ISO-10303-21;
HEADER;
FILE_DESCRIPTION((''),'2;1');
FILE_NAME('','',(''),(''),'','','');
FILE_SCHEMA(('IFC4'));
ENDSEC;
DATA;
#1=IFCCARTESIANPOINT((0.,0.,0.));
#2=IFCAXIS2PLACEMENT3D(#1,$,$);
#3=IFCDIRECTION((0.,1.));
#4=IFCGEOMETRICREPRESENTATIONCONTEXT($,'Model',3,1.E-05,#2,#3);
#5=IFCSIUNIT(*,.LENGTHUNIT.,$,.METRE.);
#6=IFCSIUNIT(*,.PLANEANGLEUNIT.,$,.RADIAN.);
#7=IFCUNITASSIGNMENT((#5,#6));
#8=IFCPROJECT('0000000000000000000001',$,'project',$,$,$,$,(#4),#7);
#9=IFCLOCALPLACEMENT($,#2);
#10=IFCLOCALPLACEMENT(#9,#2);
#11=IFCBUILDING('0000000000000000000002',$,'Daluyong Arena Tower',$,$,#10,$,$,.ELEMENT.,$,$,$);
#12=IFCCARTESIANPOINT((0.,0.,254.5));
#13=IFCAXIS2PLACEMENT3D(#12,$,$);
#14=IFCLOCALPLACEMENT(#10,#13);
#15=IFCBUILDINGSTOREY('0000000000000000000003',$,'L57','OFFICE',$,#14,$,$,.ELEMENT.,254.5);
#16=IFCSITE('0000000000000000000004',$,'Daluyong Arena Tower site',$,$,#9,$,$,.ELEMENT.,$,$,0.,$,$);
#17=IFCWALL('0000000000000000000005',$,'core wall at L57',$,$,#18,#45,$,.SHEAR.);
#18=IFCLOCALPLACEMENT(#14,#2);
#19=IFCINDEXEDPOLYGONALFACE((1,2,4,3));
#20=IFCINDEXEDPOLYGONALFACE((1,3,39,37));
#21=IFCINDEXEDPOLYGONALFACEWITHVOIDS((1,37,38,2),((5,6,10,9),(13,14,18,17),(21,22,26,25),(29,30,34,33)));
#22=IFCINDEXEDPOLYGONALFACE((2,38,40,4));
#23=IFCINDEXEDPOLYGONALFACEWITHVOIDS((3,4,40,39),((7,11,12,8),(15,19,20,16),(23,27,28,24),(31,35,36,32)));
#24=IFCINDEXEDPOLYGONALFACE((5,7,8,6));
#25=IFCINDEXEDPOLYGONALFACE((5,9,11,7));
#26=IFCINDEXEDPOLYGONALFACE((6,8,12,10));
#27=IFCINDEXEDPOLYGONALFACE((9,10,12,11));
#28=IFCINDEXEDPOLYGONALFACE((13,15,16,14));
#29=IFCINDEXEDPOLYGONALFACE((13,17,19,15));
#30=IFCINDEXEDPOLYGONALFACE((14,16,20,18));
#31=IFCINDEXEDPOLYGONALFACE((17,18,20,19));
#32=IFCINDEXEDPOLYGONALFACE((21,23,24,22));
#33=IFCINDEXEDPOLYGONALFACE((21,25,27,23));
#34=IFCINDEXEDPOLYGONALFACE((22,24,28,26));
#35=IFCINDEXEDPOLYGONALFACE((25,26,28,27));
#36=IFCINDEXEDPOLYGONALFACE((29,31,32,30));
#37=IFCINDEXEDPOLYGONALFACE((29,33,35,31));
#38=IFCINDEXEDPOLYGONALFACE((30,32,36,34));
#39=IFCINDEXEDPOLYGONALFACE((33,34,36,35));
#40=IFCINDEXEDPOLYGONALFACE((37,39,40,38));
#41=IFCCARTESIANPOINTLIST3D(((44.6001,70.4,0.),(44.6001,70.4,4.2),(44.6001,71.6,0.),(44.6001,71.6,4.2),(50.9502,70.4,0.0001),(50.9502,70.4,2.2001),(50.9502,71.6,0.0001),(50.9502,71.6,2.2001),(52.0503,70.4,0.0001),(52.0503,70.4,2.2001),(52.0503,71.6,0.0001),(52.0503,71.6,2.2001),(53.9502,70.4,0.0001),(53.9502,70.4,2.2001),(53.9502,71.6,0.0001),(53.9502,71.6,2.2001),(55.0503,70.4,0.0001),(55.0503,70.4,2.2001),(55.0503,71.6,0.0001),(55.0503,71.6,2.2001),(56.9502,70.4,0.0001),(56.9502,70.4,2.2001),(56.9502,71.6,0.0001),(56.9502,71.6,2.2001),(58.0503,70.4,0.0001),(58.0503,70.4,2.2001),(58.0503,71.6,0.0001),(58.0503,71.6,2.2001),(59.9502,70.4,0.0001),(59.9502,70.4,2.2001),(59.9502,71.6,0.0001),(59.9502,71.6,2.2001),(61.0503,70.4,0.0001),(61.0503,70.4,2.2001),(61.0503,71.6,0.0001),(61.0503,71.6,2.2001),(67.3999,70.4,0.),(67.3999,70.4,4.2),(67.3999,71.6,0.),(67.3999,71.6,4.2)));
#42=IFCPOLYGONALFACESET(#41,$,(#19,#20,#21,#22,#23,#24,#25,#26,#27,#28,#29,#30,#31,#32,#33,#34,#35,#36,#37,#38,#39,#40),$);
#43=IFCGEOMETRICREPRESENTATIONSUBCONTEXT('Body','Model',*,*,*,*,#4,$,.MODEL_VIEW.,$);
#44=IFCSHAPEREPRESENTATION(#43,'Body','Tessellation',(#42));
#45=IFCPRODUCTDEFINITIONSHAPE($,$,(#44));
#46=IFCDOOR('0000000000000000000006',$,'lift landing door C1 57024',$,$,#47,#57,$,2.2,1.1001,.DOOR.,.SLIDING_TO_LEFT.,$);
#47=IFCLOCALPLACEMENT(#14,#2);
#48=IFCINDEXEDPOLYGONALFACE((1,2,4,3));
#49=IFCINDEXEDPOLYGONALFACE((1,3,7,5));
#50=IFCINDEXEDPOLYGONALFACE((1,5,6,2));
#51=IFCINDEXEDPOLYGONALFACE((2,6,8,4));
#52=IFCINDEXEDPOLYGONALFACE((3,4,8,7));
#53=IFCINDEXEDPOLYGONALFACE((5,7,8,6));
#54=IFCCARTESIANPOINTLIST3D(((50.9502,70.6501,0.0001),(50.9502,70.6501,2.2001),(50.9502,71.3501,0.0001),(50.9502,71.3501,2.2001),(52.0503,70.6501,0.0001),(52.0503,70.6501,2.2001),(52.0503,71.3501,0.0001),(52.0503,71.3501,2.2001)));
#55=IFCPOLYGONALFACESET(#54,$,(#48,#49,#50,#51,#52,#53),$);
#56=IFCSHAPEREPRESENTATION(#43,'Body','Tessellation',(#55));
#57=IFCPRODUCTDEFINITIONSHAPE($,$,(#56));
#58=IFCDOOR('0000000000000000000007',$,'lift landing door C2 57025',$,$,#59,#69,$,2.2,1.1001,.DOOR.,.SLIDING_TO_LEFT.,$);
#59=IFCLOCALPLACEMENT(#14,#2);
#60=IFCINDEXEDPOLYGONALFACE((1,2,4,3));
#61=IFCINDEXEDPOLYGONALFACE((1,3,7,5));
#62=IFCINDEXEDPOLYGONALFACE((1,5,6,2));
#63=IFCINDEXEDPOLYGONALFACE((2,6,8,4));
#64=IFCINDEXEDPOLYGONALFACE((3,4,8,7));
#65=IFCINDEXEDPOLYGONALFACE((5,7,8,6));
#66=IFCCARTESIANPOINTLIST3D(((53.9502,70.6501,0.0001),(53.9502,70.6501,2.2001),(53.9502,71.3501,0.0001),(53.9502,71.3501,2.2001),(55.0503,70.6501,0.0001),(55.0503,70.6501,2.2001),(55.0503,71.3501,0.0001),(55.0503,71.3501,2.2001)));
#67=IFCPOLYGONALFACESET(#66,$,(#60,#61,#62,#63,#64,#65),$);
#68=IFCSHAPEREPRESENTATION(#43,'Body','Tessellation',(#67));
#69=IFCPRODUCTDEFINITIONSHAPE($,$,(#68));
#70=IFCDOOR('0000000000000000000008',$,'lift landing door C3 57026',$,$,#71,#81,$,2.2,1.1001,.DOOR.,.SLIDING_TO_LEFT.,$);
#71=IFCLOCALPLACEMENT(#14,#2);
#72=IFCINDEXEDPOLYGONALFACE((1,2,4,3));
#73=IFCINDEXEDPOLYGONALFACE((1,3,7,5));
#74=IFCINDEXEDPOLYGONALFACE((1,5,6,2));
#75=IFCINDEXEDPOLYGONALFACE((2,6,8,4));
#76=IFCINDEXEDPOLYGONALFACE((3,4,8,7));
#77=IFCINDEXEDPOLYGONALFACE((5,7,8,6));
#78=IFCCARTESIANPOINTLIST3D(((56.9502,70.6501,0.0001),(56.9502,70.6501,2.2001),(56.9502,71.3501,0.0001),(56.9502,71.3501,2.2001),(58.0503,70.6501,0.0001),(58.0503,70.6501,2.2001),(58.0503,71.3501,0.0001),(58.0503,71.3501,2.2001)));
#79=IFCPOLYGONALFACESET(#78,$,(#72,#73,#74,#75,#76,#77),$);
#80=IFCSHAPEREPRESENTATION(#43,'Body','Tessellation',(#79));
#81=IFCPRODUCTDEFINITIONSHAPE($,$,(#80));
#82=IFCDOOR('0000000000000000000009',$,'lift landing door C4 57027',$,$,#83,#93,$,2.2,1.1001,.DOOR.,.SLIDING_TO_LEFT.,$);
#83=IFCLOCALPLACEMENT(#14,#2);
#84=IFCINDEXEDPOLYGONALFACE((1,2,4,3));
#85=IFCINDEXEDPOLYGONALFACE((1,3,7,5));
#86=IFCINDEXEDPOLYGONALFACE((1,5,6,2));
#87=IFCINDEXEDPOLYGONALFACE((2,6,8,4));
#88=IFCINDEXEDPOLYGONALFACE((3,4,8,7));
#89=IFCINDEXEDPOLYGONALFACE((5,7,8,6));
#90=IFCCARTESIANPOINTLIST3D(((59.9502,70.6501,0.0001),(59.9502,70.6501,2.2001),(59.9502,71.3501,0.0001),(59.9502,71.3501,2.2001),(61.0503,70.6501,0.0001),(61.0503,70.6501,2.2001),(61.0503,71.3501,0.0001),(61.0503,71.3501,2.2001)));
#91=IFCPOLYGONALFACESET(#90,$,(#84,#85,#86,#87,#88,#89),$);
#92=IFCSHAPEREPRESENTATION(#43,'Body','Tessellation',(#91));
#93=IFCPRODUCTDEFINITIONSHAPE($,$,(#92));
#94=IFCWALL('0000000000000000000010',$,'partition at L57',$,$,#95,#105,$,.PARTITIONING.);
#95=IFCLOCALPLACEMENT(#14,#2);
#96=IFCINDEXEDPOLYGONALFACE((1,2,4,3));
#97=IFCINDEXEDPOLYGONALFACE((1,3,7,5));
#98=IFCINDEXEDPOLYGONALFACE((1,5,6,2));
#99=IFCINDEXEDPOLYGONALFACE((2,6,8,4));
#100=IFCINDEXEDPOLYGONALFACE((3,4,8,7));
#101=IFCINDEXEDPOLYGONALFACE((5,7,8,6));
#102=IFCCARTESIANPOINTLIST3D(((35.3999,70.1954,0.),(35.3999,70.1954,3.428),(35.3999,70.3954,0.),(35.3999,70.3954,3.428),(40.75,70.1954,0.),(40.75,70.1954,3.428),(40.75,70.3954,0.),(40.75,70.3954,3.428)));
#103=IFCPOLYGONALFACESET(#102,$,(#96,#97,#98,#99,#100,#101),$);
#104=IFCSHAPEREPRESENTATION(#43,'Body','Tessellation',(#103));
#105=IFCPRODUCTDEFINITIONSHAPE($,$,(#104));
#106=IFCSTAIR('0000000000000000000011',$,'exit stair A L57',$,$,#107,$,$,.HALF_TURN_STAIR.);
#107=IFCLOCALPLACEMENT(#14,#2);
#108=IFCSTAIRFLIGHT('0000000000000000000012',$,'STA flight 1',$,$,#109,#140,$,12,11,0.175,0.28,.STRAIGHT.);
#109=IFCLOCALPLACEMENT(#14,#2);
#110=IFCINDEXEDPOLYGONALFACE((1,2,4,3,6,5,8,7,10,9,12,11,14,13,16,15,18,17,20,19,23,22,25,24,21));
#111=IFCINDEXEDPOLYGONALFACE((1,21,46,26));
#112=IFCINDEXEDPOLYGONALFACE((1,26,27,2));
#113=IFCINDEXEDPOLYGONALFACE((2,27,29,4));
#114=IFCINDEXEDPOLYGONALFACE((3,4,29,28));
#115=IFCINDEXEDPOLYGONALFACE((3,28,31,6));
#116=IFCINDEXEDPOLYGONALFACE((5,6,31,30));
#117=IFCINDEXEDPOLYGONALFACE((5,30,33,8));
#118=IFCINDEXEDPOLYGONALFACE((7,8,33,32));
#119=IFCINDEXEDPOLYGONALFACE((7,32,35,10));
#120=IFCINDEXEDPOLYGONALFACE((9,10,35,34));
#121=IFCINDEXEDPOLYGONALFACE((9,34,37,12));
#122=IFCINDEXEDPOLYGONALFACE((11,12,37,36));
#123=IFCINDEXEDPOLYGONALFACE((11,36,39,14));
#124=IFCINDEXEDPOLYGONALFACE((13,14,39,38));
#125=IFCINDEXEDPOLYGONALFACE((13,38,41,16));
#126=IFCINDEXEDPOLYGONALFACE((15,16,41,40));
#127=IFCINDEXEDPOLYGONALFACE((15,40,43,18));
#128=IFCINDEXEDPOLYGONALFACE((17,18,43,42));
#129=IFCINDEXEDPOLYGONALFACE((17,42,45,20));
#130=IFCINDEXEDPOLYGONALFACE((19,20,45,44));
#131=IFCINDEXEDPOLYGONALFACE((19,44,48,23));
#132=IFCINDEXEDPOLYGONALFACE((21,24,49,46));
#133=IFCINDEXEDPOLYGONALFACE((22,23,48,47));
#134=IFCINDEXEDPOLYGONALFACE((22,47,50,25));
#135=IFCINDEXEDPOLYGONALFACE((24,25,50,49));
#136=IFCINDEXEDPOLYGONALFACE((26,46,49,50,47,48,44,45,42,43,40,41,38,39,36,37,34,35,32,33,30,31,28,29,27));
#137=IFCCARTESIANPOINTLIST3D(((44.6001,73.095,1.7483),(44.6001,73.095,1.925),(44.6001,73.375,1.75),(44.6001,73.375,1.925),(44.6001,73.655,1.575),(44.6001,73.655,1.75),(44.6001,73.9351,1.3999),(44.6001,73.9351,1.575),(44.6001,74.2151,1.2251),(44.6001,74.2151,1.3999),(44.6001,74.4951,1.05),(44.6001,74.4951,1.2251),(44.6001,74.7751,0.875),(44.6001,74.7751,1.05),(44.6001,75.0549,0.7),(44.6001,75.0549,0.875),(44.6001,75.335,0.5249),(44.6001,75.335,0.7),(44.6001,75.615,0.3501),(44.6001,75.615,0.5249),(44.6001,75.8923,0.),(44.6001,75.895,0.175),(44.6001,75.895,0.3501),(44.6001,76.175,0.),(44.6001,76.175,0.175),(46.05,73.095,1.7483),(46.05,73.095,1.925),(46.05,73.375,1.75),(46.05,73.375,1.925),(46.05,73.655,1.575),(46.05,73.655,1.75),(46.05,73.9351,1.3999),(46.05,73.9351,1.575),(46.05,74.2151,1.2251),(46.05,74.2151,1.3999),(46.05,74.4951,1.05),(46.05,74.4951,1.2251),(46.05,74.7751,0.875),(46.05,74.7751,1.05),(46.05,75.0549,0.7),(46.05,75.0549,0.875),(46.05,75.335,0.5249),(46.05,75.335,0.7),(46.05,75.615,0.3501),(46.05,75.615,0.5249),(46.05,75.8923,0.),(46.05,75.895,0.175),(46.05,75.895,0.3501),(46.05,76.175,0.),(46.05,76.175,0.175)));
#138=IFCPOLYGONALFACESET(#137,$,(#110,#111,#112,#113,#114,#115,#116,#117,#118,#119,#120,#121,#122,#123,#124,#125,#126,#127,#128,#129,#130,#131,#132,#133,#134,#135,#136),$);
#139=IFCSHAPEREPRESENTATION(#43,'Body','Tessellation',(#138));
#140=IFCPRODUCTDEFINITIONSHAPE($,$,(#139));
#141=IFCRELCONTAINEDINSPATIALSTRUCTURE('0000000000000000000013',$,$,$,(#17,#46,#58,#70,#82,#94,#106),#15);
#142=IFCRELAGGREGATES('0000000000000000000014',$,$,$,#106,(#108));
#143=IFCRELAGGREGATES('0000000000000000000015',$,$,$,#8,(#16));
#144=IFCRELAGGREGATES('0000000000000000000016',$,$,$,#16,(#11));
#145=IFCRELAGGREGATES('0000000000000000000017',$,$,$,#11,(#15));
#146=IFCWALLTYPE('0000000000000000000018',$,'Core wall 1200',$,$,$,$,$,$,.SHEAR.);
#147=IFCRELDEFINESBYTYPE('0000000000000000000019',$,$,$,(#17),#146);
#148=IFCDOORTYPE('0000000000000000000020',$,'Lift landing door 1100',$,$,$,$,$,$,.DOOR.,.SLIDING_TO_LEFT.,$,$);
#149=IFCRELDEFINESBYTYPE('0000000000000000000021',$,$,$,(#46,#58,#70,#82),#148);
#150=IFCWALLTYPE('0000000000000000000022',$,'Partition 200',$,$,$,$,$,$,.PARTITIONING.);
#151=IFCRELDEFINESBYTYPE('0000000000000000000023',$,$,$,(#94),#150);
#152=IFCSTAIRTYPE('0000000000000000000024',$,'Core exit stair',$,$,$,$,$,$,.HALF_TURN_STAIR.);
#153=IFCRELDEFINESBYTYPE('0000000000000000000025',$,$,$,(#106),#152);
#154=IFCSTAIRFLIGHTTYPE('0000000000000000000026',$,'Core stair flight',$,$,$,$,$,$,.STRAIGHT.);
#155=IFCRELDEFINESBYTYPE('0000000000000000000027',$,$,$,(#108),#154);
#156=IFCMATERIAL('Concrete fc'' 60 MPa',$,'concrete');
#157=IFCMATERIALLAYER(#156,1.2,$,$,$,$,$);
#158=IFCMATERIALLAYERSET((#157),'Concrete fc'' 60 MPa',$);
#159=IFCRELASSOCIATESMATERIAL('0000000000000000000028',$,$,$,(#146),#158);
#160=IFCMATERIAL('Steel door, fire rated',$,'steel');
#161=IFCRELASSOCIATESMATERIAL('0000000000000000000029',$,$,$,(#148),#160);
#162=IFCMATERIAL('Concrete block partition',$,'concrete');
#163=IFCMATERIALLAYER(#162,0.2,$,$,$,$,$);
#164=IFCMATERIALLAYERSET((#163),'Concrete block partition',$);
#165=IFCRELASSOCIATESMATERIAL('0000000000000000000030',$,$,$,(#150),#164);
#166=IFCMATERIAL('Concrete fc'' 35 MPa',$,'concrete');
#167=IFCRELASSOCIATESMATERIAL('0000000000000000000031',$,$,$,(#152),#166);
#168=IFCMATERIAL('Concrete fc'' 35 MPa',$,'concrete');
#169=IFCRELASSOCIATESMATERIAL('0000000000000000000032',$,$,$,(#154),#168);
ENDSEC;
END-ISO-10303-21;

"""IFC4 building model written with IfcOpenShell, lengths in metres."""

from ifc_helpers import new_model, si_unit, direction, frame, frame_2d, origin, place, context, subcontext, project, spatial, polyline, rectangle, outline, extrude, material, layer, layer_set, type_object, element, fill, aggregate, save


model = new_model("IFC4")

# Units and contexts
model_context = context("Model", 3, precision=1e-05, world=origin(), true_north=direction((0.0, 1.0)))
body_context = subcontext(model_context, "Body", "Model", "MODEL_VIEW")
ifc_project = project(units=[si_unit("LENGTHUNIT", "METRE"), si_unit("PLANEANGLEUNIT", "RADIAN")], contexts=[model_context])

# Site, building, storey
site_placement = place(None, origin())
site = spatial("IfcSite", under=ifc_project, at=site_placement, Name="Daluyong Arena Tower site", CompositionType="ELEMENT", RefElevation=0.0)
building_placement = place(site_placement, origin())
building = spatial("IfcBuilding", under=site, at=building_placement, Name="Daluyong Arena Tower", CompositionType="ELEMENT")
storey_placement = place(building_placement, frame((0.0, 0.0, 254.5)))
storey = spatial("IfcBuildingStorey", under=building, at=storey_placement, Name="L57", Description="OFFICE", CompositionType="ELEMENT", Elevation=254.5)

# Shared definitions
ifc_material_1 = material(Name="Concrete fc' 60 MPa", Category="concrete")
ifc_layer_1 = layer(ifc_material_1, 1.2)
ifc_layer_set_1 = layer_set([ifc_layer_1], Name="Concrete fc' 60 MPa")
wall_type_1 = type_object("IfcWallType", Name="Core wall 1200", PredefinedType="SHEAR", material=ifc_layer_set_1)

# Wall, openings, doors
wall_1_placement = place(storey_placement, frame((44.6001, 71.0, 0.0), z_axis=(0.0, 0.0, 1.0), x_axis=(1.0, 0.0, 0.0)))
wall_1 = element("IfcWall", 1, at=wall_1_placement, inside=storey, type_object=wall_type_1, Name="core wall at L57", PredefinedType="SHEAR", context=body_context, shape_type="SweptSolid", body=[
    extrude(rectangle(XDim=22.7998, YDim=1.2, at=frame_2d((11.3999, 0.0))), origin(), (0.0, 0.0, 1.0), 4.2),
])
opening_1_placement = place(wall_1_placement, frame((6.3501, 0.0, 0.0)))
opening_1 = element("IfcOpeningElement", 2, at=opening_1_placement, cuts=wall_1, PredefinedType="OPENING", context=body_context, shape_type="SweptSolid", body=[
    extrude(rectangle(XDim=1.1001, YDim=2.2, at=frame_2d((0.55, 1.1001))), frame((0.0, 0.6099, 0.0), z_axis=(0.0, -1.0, 0.0), x_axis=(1.0, 0.0, 0.0)), (0.0, 0.0, 1.0), 1.22),
])
opening_2_placement = place(wall_1_placement, frame((9.3501, 0.0, 0.0)))
opening_2 = element("IfcOpeningElement", 3, at=opening_2_placement, cuts=wall_1, PredefinedType="OPENING", context=body_context, shape_type="SweptSolid", body=[
    extrude(rectangle(XDim=1.1001, YDim=2.2, at=frame_2d((0.55, 1.1001))), frame((0.0, 0.6099, 0.0), z_axis=(0.0, -1.0, 0.0), x_axis=(1.0, 0.0, 0.0)), (0.0, 0.0, 1.0), 1.22),
])
opening_3_placement = place(wall_1_placement, frame((12.3501, 0.0, 0.0)))
opening_3 = element("IfcOpeningElement", 4, at=opening_3_placement, cuts=wall_1, PredefinedType="OPENING", context=body_context, shape_type="SweptSolid", body=[
    extrude(rectangle(XDim=1.1001, YDim=2.2, at=frame_2d((0.55, 1.1001))), frame((0.0, 0.6099, 0.0), z_axis=(0.0, -1.0, 0.0), x_axis=(1.0, 0.0, 0.0)), (0.0, 0.0, 1.0), 1.22),
])
opening_4_placement = place(wall_1_placement, frame((15.3501, 0.0, 0.0)))
opening_4 = element("IfcOpeningElement", 5, at=opening_4_placement, cuts=wall_1, PredefinedType="OPENING", context=body_context, shape_type="SweptSolid", body=[
    extrude(rectangle(XDim=1.1001, YDim=2.2, at=frame_2d((0.55, 1.1001))), frame((0.0, 0.6099, 0.0), z_axis=(0.0, -1.0, 0.0), x_axis=(1.0, 0.0, 0.0)), (0.0, 0.0, 1.0), 1.22),
])
ifc_material_2 = material(Name="Steel door, fire rated", Category="steel")
door_type_1 = type_object("IfcDoorType", Name="Lift landing door 1100", OperationType="SLIDING_TO_LEFT", PredefinedType="DOOR", material=ifc_material_2)
door_1_placement = place(opening_1_placement, origin())
door_1 = element("IfcDoor", 6, at=door_1_placement, inside=storey, type_object=door_type_1, Name="lift landing door C1 57024", OperationType="SLIDING_TO_LEFT", OverallHeight=2.2, OverallWidth=1.1001, PredefinedType="DOOR", context=body_context, shape_type="SweptSolid", body=[
    extrude(rectangle(XDim=1.1001, YDim=2.2, at=frame_2d((0.55, 1.1001))), frame((0.0, 0.3501, 0.0), z_axis=(0.0, -1.0, 0.0), x_axis=(1.0, 0.0, 0.0)), (0.0, 0.0, 1.0), 0.7),
])
fill(opening_1, door_1)
door_2_placement = place(opening_2_placement, origin())
door_2 = element("IfcDoor", 7, at=door_2_placement, inside=storey, type_object=door_type_1, Name="lift landing door C2 57025", OperationType="SLIDING_TO_LEFT", OverallHeight=2.2, OverallWidth=1.1001, PredefinedType="DOOR", context=body_context, shape_type="SweptSolid", body=[
    extrude(rectangle(XDim=1.1001, YDim=2.2, at=frame_2d((0.55, 1.1001))), frame((0.0, 0.3501, 0.0), z_axis=(0.0, -1.0, 0.0), x_axis=(1.0, 0.0, 0.0)), (0.0, 0.0, 1.0), 0.7),
])
fill(opening_2, door_2)
door_3_placement = place(opening_3_placement, origin())
door_3 = element("IfcDoor", 8, at=door_3_placement, inside=storey, type_object=door_type_1, Name="lift landing door C3 57026", OperationType="SLIDING_TO_LEFT", OverallHeight=2.2, OverallWidth=1.1001, PredefinedType="DOOR", context=body_context, shape_type="SweptSolid", body=[
    extrude(rectangle(XDim=1.1001, YDim=2.2, at=frame_2d((0.55, 1.1001))), frame((0.0, 0.3501, 0.0), z_axis=(0.0, -1.0, 0.0), x_axis=(1.0, 0.0, 0.0)), (0.0, 0.0, 1.0), 0.7),
])
fill(opening_3, door_3)
door_4_placement = place(opening_4_placement, origin())
door_4 = element("IfcDoor", 9, at=door_4_placement, inside=storey, type_object=door_type_1, Name="lift landing door C4 57027", OperationType="SLIDING_TO_LEFT", OverallHeight=2.2, OverallWidth=1.1001, PredefinedType="DOOR", context=body_context, shape_type="SweptSolid", body=[
    extrude(rectangle(XDim=1.1001, YDim=2.2, at=frame_2d((0.55, 1.1001))), frame((0.0, 0.3501, 0.0), z_axis=(0.0, -1.0, 0.0), x_axis=(1.0, 0.0, 0.0)), (0.0, 0.0, 1.0), 0.7),
])
fill(opening_4, door_4)

# Wall
ifc_material_3 = material(Name="Concrete block partition", Category="concrete")
ifc_layer_2 = layer(ifc_material_3, 0.2)
ifc_layer_set_2 = layer_set([ifc_layer_2], Name="Concrete block partition")
wall_type_2 = type_object("IfcWallType", Name="Partition 200", PredefinedType="PARTITIONING", material=ifc_layer_set_2)
wall_2_placement = place(storey_placement, frame((35.3999, 70.2954, 0.0), z_axis=(0.0, 0.0, 1.0), x_axis=(1.0, 0.0, 0.0)))
element("IfcWall", 10, at=wall_2_placement, inside=storey, type_object=wall_type_2, Name="partition at L57", PredefinedType="PARTITIONING", context=body_context, shape_type="SweptSolid", body=[
    extrude(rectangle(XDim=5.3501, YDim=0.2, at=frame_2d((2.675, 0.0))), origin(), (0.0, 0.0, 1.0), 3.428),
])

# Stair, stair flight
ifc_material_4 = material(Name="Concrete fc' 35 MPa", Category="concrete")
stair_type = type_object("IfcStairType", Name="Core exit stair", PredefinedType="HALF_TURN_STAIR", material=ifc_material_4)
stair_placement = place(storey_placement, origin())
stair = element("IfcStair", 11, at=stair_placement, inside=storey, type_object=stair_type, Name="exit stair A L57", PredefinedType="HALF_TURN_STAIR")
ifc_material_5 = material(Name="Concrete fc' 35 MPa", Category="concrete")
stair_flight_type = type_object("IfcStairFlightType", Name="Core stair flight", PredefinedType="STRAIGHT", material=ifc_material_5)
stair_flight_1_placement = place(storey_placement, frame((45.325, 76.175, 0.0), z_axis=(0.0, 0.0, 1.0), x_axis=(0.0, -1.0, 0.0)))
stair_flight_1 = element("IfcStairFlight", 12, at=stair_flight_1_placement, type_object=stair_flight_type, Name="STA flight 1", NumberOfRisers=12, NumberOfTreads=11, PredefinedType="STRAIGHT", RiserHeight=0.175, TreadLength=0.28, context=body_context, shape_type="SweptSolid", body=[
    extrude(outline(polyline([(0.0, 0.0), (0.0, 0.175), (0.28, 0.175), (0.28, 0.3501), (0.5601, 0.3501), (0.5601, 0.5249), (0.8401, 0.5249), (0.8401, 0.7), (1.1201, 0.7), (1.1201, 0.875), (1.3999, 0.875), (1.3999, 1.05), (1.6799, 1.05), (1.6799, 1.2251), (1.96, 1.2251), (1.96, 1.3999), (2.24, 1.3999), (2.24, 1.575), (2.52, 1.575), (2.52, 1.75), (2.8, 1.75), (2.8, 1.925), (3.0801, 1.925), (3.0801, 2.1001), (3.0801, 1.7483), (0.2827, 0.0), (0.0, 0.0)])), frame((0.0, 0.7251, 0.0), z_axis=(0.0, -1.0, 0.0), x_axis=(1.0, 0.0, 0.0)), (0.0, 0.0, 1.0), 1.45),
])
aggregate(stair, [stair_flight_1])

save(model, "model.ifc")
